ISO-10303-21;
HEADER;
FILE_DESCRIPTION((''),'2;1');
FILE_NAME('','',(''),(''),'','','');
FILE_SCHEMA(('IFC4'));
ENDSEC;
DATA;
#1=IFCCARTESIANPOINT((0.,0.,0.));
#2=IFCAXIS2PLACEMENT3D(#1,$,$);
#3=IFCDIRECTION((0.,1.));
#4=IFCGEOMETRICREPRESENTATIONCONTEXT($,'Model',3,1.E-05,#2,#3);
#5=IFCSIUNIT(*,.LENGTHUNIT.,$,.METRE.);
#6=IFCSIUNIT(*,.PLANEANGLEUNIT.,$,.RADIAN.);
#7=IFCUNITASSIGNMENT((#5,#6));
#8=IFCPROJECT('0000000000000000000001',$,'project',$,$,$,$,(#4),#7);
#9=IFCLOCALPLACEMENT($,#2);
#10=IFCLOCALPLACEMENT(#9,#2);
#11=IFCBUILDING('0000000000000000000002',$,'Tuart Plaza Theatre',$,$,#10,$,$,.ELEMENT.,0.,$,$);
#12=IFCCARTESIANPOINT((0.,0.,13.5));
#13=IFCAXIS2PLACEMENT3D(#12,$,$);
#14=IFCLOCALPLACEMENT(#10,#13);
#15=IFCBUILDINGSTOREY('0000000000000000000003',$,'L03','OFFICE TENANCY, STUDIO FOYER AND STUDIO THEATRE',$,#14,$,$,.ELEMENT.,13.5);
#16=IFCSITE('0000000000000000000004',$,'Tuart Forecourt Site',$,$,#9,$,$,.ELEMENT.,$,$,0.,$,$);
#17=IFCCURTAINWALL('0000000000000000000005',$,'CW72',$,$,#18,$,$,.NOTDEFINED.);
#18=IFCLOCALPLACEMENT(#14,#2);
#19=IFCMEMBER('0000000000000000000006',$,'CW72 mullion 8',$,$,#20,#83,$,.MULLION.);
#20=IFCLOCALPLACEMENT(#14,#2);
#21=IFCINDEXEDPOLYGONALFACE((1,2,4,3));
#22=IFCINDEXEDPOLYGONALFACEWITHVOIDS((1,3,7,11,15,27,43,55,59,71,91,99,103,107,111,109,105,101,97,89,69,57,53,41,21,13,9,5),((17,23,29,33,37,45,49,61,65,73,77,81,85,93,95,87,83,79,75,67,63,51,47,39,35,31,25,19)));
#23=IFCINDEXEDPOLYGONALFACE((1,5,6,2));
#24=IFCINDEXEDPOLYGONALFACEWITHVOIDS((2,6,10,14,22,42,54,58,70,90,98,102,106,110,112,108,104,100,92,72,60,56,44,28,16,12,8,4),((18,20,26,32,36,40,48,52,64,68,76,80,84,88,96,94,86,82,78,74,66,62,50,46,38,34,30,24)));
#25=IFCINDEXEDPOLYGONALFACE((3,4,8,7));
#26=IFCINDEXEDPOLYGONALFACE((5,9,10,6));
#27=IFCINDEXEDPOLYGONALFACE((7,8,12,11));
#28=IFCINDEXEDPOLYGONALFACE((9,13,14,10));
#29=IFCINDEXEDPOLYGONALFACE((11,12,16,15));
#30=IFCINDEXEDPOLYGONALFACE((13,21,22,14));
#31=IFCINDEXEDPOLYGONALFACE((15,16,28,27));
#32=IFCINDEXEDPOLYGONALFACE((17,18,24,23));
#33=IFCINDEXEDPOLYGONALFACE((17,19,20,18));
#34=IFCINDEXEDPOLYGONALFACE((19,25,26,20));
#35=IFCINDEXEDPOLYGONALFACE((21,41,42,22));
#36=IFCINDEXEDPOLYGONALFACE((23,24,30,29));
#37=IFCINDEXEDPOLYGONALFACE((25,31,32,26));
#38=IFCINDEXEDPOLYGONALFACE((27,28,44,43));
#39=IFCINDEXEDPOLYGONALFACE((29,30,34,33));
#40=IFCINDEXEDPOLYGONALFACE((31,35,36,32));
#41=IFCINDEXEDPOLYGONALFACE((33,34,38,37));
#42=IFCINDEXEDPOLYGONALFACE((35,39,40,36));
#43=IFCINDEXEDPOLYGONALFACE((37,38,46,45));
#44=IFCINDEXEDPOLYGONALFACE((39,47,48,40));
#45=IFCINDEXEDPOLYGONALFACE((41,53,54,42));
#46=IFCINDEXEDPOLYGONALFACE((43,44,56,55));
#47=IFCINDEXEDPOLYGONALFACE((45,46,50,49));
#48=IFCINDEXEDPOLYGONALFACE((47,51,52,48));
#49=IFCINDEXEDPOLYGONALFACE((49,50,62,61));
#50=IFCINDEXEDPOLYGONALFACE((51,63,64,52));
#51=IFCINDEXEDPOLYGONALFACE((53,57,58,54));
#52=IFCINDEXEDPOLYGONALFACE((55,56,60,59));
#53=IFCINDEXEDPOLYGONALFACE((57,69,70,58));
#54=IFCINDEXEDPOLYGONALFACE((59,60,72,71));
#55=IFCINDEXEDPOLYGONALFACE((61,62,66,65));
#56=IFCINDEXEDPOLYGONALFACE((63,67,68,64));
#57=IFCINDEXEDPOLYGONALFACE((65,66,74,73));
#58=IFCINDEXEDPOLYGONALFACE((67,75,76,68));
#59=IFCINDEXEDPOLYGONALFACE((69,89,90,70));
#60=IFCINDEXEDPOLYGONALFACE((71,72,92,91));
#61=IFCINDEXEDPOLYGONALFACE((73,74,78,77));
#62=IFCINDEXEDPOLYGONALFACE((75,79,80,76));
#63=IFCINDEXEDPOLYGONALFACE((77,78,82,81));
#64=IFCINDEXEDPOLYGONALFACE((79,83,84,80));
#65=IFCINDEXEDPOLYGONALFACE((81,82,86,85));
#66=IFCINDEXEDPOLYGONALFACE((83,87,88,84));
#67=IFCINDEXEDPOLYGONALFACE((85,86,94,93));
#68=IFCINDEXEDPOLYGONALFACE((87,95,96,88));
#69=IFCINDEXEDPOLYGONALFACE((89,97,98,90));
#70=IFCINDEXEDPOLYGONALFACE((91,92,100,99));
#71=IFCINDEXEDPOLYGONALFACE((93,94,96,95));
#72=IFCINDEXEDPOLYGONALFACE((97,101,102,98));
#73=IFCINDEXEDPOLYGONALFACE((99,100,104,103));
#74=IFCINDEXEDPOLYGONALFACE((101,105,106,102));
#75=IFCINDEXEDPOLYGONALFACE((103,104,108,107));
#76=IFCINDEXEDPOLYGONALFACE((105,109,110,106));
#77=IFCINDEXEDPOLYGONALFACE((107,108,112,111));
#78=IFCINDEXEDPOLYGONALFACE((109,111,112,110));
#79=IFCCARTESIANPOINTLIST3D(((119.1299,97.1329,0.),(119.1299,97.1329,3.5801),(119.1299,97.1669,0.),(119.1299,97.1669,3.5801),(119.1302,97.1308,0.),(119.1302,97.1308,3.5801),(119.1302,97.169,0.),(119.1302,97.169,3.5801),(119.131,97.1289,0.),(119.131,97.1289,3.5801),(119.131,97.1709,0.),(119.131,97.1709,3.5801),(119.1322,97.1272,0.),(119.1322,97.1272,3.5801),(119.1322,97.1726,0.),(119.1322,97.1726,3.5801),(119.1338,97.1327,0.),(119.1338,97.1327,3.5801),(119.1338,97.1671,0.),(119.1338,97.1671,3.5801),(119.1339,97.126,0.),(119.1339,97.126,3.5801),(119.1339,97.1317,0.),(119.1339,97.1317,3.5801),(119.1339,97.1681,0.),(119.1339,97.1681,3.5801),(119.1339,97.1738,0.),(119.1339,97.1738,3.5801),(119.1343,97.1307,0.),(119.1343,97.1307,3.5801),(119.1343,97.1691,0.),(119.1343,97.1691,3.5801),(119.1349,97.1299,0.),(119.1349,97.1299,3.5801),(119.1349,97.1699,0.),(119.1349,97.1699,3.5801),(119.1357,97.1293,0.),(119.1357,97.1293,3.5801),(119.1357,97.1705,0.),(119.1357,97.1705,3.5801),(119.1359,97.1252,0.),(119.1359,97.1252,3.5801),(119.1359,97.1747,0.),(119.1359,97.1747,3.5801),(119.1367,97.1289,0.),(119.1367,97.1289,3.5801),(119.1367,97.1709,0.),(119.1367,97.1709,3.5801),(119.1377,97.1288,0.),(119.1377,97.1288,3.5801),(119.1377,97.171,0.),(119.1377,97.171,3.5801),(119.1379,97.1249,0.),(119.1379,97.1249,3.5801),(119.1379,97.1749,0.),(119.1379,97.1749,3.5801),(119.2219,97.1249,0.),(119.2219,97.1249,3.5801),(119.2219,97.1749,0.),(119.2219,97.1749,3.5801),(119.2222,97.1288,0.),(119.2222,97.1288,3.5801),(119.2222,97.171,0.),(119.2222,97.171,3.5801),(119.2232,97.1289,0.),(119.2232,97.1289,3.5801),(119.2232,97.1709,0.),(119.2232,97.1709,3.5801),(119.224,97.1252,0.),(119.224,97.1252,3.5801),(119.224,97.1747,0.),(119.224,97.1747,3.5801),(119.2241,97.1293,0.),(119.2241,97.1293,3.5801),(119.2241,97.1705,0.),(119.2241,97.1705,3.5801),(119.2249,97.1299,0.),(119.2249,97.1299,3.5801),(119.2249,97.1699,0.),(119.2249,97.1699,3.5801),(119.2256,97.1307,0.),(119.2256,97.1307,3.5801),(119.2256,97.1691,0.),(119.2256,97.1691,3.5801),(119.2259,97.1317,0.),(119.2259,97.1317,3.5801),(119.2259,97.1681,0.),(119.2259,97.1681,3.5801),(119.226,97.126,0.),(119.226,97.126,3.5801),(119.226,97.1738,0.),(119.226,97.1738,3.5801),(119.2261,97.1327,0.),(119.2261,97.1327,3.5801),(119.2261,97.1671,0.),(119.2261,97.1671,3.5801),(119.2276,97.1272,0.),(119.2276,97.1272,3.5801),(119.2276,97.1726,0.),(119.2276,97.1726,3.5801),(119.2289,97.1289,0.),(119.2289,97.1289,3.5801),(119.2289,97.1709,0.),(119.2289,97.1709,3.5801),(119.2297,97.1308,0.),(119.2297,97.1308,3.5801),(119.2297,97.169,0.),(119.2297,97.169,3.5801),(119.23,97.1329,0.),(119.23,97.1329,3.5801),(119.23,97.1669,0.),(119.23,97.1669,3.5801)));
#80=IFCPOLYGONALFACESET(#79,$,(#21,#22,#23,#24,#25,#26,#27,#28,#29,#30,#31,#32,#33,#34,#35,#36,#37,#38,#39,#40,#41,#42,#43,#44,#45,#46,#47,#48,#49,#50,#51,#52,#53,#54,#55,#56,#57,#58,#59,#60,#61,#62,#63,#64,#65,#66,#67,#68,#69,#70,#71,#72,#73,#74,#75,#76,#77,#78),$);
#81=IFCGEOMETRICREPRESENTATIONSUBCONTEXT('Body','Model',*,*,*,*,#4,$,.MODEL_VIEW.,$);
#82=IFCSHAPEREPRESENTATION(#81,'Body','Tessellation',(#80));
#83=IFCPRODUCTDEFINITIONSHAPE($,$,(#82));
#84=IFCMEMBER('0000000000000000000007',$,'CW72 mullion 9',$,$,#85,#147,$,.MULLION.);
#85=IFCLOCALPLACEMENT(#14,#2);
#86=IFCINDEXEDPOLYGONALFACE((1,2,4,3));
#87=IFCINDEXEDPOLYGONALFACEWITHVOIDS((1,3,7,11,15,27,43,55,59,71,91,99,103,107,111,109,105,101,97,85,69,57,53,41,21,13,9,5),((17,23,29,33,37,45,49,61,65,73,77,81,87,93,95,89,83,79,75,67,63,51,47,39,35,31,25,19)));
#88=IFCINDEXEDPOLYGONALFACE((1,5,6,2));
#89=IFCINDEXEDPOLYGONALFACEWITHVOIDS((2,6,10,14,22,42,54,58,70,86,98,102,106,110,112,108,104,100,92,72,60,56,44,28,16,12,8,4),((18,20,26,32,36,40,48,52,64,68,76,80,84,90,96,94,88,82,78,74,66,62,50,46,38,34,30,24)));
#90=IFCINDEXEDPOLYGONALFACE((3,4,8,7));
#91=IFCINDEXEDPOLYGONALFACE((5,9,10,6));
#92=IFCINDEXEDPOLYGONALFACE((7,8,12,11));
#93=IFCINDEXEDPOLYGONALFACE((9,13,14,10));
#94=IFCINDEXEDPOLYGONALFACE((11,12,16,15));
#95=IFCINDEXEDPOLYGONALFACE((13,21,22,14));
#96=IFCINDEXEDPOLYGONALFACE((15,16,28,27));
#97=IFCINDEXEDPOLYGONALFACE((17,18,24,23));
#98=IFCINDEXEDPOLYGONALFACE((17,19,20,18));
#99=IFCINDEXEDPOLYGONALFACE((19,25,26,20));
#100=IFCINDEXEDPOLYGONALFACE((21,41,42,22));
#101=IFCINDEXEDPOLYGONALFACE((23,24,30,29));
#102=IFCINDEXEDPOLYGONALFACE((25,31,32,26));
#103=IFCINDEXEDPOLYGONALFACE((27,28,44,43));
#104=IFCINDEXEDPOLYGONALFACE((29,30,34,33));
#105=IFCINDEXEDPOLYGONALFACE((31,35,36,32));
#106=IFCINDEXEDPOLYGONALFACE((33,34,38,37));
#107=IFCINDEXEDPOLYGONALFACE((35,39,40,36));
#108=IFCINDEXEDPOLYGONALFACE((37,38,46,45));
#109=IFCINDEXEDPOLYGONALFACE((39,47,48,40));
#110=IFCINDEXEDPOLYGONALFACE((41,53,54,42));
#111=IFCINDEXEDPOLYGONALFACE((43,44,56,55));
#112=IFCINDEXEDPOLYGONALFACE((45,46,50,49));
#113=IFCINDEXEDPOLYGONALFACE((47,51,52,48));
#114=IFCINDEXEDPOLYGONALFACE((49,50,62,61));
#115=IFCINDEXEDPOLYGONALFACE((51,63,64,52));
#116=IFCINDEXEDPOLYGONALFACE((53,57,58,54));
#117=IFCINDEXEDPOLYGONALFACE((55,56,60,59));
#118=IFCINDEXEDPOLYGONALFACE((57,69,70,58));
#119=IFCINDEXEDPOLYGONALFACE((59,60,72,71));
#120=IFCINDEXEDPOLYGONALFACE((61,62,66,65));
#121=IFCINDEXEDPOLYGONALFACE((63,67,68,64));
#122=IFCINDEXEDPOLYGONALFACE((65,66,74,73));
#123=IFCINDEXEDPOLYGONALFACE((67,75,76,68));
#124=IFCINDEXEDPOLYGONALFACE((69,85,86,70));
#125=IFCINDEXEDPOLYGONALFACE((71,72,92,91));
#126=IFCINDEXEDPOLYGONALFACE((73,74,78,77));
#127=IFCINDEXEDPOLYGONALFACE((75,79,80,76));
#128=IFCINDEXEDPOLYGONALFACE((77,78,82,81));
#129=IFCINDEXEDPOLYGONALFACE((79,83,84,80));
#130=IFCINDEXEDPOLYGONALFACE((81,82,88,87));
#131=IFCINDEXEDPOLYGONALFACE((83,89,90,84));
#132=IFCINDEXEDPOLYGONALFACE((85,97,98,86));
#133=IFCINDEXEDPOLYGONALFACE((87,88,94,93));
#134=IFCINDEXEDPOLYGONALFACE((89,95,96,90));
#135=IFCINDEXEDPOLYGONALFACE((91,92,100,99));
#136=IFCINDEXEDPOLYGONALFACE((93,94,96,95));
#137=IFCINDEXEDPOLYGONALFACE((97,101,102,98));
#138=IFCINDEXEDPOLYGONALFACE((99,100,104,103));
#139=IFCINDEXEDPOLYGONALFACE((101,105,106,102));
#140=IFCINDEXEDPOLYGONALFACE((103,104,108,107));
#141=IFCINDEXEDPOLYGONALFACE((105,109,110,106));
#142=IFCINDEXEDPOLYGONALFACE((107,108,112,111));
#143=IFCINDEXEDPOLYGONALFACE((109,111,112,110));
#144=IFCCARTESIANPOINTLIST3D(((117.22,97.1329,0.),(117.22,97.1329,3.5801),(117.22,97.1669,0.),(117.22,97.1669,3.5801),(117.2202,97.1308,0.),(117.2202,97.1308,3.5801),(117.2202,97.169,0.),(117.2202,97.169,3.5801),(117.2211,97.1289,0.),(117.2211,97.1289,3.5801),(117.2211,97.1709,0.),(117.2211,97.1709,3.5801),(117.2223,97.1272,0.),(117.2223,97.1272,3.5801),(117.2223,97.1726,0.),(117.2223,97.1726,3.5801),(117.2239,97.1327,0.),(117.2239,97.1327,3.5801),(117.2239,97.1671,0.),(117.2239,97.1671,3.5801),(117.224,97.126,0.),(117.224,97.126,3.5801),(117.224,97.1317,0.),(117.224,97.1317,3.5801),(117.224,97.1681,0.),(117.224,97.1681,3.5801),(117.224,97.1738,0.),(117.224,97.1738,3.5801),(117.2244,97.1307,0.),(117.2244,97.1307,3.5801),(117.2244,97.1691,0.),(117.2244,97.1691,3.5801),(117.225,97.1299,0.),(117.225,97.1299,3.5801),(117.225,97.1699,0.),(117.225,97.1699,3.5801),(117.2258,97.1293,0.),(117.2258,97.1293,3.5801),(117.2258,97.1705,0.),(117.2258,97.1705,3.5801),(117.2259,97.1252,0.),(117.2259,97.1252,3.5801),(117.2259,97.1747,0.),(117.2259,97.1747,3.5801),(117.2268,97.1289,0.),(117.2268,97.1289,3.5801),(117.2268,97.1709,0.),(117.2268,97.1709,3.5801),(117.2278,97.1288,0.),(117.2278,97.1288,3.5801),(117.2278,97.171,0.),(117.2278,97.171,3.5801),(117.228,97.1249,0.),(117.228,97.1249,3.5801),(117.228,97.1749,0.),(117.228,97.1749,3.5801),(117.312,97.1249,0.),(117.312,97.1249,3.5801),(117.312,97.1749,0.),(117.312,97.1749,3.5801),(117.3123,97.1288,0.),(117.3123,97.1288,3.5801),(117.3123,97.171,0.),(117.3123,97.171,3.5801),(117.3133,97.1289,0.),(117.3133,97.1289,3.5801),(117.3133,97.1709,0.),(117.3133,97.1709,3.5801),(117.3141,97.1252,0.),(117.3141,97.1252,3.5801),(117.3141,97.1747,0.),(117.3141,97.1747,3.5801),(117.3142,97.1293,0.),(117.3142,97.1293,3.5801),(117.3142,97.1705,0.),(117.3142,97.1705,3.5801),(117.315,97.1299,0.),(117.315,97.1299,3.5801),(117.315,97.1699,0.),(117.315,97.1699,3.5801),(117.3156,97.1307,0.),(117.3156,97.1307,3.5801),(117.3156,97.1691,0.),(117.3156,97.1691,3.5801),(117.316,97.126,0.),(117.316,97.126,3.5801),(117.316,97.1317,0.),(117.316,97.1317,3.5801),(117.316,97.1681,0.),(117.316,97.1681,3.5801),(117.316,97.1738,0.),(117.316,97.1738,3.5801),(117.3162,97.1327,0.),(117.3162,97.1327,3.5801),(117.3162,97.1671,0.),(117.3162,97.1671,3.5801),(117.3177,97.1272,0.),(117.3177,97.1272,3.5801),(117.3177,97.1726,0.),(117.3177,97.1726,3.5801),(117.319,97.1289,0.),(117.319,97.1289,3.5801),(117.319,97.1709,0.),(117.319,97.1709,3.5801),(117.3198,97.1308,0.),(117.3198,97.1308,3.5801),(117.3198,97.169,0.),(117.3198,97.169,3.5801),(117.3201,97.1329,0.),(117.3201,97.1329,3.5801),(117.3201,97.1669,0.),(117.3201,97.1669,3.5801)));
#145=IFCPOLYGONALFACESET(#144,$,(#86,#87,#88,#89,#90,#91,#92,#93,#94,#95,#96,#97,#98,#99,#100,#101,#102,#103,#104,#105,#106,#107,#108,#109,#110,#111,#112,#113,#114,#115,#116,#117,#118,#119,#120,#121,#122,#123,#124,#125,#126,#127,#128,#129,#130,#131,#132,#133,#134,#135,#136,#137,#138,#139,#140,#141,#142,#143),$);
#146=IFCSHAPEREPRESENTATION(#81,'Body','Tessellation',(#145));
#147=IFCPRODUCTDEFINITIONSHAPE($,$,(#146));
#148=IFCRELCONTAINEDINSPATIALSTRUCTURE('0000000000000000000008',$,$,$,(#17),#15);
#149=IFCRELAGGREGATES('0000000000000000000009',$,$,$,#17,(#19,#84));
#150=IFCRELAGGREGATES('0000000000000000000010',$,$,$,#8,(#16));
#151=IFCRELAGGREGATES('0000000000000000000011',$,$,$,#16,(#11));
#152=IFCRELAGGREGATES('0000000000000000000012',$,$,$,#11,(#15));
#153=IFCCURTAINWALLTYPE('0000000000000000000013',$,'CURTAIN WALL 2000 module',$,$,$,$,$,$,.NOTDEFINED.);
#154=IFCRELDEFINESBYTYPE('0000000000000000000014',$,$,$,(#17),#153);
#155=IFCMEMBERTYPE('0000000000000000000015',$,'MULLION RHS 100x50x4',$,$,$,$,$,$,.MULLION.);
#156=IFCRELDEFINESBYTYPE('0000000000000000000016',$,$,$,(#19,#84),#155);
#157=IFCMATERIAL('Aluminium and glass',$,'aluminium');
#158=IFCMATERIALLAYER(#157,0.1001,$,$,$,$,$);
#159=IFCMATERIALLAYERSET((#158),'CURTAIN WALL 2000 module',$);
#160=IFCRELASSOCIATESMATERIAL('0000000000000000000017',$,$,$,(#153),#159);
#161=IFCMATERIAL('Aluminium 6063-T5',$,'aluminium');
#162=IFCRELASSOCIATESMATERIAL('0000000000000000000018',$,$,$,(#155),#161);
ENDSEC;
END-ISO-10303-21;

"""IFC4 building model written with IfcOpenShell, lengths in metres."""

from ifc_helpers import new_model, si_unit, direction, frame, origin, origin_2d, place, context, subcontext, project, spatial, hollow_rectangle, extrude, material, layer, layer_set, material_profile, profile_set, type_object, element, aggregate, save


model = new_model("IFC4")

# Units and contexts
model_context = context("Model", 3, precision=1e-05, world=origin(), true_north=direction((0.0, 1.0)))
body_context = subcontext(model_context, "Body", "Model", "MODEL_VIEW")
ifc_project = project(units=[si_unit("LENGTHUNIT", "METRE"), si_unit("PLANEANGLEUNIT", "RADIAN")], contexts=[model_context])

# Site, building, storey
site_placement = place(None, origin())
site = spatial("IfcSite", under=ifc_project, at=site_placement, Name="Tuart Forecourt Site", CompositionType="ELEMENT", RefElevation=0.0)
building_placement = place(site_placement, origin())
building = spatial("IfcBuilding", under=site, at=building_placement, Name="Tuart Plaza Theatre", CompositionType="ELEMENT", ElevationOfRefHeight=0.0)
storey_placement = place(building_placement, frame((0.0, 0.0, 13.5)))
storey = spatial("IfcBuildingStorey", under=building, at=storey_placement, Name="L03", Description="OFFICE TENANCY, STUDIO FOYER AND STUDIO THEATRE", CompositionType="ELEMENT", Elevation=13.5)

# Curtain wall, members
ifc_material_1 = material(Name="Aluminium and glass", Category="aluminium")
ifc_layer_1 = layer(ifc_material_1, 0.1001)
ifc_layer_set_1 = layer_set([ifc_layer_1], Name="CURTAIN WALL 2000 module")
curtain_wall_type = type_object("IfcCurtainWallType", Name="CURTAIN WALL 2000 module", PredefinedType="NOTDEFINED", material=ifc_layer_set_1)
curtain_wall_1_placement = place(storey_placement, origin())
curtain_wall_1 = element("IfcCurtainWall", 1, at=curtain_wall_1_placement, inside=storey, type_object=curtain_wall_type, Name="CW72", PredefinedType="NOTDEFINED")
ifc_material_2 = material(Name="Aluminium 6063-T5", Category="aluminium")
ifc_material_profile_1 = material_profile(ifc_material_2, hollow_rectangle(XDim=0.05, YDim=0.1001, WallThickness=0.0039, InnerFilletRadius=0.0039, OuterFilletRadius=0.0081, at=origin_2d()), Name="RHS 100x50x4")
ifc_profile_set_1 = profile_set([ifc_material_profile_1], Name="Aluminium 6063-T5")
member_type_1 = type_object("IfcMemberType", Name="MULLION RHS 100x50x4", PredefinedType="MULLION", material=ifc_profile_set_1)
member_1_placement = place(storey_placement, frame((119.1799, 97.1499, 0.0), z_axis=(0.0, 0.0, 1.0), x_axis=(0.0, -1.0, 0.0)))
member_1 = element("IfcMember", 2, at=member_1_placement, type_object=member_type_1, Name="CW72 mullion 8", PredefinedType="MULLION", context=body_context, shape_type="SweptSolid", body=[
    extrude(hollow_rectangle(XDim=0.05, YDim=0.1001, WallThickness=0.0039, InnerFilletRadius=0.0039, OuterFilletRadius=0.0081, at=origin_2d()), origin(), (0.0, 0.0, 1.0), 3.5801),
])
member_2_placement = place(storey_placement, frame((117.27, 97.1499, 0.0), z_axis=(0.0, 0.0, 1.0), x_axis=(0.0, -1.0, 0.0)))
member_2 = element("IfcMember", 3, at=member_2_placement, type_object=member_type_1, Name="CW72 mullion 9", PredefinedType="MULLION", context=body_context, shape_type="SweptSolid", body=[
    extrude(hollow_rectangle(XDim=0.05, YDim=0.1001, WallThickness=0.0039, InnerFilletRadius=0.0039, OuterFilletRadius=0.0081, at=origin_2d()), origin(), (0.0, 0.0, 1.0), 3.5801),
])

aggregate(curtain_wall_1, [member_1, member_2])

save(model, "model.ifc")
